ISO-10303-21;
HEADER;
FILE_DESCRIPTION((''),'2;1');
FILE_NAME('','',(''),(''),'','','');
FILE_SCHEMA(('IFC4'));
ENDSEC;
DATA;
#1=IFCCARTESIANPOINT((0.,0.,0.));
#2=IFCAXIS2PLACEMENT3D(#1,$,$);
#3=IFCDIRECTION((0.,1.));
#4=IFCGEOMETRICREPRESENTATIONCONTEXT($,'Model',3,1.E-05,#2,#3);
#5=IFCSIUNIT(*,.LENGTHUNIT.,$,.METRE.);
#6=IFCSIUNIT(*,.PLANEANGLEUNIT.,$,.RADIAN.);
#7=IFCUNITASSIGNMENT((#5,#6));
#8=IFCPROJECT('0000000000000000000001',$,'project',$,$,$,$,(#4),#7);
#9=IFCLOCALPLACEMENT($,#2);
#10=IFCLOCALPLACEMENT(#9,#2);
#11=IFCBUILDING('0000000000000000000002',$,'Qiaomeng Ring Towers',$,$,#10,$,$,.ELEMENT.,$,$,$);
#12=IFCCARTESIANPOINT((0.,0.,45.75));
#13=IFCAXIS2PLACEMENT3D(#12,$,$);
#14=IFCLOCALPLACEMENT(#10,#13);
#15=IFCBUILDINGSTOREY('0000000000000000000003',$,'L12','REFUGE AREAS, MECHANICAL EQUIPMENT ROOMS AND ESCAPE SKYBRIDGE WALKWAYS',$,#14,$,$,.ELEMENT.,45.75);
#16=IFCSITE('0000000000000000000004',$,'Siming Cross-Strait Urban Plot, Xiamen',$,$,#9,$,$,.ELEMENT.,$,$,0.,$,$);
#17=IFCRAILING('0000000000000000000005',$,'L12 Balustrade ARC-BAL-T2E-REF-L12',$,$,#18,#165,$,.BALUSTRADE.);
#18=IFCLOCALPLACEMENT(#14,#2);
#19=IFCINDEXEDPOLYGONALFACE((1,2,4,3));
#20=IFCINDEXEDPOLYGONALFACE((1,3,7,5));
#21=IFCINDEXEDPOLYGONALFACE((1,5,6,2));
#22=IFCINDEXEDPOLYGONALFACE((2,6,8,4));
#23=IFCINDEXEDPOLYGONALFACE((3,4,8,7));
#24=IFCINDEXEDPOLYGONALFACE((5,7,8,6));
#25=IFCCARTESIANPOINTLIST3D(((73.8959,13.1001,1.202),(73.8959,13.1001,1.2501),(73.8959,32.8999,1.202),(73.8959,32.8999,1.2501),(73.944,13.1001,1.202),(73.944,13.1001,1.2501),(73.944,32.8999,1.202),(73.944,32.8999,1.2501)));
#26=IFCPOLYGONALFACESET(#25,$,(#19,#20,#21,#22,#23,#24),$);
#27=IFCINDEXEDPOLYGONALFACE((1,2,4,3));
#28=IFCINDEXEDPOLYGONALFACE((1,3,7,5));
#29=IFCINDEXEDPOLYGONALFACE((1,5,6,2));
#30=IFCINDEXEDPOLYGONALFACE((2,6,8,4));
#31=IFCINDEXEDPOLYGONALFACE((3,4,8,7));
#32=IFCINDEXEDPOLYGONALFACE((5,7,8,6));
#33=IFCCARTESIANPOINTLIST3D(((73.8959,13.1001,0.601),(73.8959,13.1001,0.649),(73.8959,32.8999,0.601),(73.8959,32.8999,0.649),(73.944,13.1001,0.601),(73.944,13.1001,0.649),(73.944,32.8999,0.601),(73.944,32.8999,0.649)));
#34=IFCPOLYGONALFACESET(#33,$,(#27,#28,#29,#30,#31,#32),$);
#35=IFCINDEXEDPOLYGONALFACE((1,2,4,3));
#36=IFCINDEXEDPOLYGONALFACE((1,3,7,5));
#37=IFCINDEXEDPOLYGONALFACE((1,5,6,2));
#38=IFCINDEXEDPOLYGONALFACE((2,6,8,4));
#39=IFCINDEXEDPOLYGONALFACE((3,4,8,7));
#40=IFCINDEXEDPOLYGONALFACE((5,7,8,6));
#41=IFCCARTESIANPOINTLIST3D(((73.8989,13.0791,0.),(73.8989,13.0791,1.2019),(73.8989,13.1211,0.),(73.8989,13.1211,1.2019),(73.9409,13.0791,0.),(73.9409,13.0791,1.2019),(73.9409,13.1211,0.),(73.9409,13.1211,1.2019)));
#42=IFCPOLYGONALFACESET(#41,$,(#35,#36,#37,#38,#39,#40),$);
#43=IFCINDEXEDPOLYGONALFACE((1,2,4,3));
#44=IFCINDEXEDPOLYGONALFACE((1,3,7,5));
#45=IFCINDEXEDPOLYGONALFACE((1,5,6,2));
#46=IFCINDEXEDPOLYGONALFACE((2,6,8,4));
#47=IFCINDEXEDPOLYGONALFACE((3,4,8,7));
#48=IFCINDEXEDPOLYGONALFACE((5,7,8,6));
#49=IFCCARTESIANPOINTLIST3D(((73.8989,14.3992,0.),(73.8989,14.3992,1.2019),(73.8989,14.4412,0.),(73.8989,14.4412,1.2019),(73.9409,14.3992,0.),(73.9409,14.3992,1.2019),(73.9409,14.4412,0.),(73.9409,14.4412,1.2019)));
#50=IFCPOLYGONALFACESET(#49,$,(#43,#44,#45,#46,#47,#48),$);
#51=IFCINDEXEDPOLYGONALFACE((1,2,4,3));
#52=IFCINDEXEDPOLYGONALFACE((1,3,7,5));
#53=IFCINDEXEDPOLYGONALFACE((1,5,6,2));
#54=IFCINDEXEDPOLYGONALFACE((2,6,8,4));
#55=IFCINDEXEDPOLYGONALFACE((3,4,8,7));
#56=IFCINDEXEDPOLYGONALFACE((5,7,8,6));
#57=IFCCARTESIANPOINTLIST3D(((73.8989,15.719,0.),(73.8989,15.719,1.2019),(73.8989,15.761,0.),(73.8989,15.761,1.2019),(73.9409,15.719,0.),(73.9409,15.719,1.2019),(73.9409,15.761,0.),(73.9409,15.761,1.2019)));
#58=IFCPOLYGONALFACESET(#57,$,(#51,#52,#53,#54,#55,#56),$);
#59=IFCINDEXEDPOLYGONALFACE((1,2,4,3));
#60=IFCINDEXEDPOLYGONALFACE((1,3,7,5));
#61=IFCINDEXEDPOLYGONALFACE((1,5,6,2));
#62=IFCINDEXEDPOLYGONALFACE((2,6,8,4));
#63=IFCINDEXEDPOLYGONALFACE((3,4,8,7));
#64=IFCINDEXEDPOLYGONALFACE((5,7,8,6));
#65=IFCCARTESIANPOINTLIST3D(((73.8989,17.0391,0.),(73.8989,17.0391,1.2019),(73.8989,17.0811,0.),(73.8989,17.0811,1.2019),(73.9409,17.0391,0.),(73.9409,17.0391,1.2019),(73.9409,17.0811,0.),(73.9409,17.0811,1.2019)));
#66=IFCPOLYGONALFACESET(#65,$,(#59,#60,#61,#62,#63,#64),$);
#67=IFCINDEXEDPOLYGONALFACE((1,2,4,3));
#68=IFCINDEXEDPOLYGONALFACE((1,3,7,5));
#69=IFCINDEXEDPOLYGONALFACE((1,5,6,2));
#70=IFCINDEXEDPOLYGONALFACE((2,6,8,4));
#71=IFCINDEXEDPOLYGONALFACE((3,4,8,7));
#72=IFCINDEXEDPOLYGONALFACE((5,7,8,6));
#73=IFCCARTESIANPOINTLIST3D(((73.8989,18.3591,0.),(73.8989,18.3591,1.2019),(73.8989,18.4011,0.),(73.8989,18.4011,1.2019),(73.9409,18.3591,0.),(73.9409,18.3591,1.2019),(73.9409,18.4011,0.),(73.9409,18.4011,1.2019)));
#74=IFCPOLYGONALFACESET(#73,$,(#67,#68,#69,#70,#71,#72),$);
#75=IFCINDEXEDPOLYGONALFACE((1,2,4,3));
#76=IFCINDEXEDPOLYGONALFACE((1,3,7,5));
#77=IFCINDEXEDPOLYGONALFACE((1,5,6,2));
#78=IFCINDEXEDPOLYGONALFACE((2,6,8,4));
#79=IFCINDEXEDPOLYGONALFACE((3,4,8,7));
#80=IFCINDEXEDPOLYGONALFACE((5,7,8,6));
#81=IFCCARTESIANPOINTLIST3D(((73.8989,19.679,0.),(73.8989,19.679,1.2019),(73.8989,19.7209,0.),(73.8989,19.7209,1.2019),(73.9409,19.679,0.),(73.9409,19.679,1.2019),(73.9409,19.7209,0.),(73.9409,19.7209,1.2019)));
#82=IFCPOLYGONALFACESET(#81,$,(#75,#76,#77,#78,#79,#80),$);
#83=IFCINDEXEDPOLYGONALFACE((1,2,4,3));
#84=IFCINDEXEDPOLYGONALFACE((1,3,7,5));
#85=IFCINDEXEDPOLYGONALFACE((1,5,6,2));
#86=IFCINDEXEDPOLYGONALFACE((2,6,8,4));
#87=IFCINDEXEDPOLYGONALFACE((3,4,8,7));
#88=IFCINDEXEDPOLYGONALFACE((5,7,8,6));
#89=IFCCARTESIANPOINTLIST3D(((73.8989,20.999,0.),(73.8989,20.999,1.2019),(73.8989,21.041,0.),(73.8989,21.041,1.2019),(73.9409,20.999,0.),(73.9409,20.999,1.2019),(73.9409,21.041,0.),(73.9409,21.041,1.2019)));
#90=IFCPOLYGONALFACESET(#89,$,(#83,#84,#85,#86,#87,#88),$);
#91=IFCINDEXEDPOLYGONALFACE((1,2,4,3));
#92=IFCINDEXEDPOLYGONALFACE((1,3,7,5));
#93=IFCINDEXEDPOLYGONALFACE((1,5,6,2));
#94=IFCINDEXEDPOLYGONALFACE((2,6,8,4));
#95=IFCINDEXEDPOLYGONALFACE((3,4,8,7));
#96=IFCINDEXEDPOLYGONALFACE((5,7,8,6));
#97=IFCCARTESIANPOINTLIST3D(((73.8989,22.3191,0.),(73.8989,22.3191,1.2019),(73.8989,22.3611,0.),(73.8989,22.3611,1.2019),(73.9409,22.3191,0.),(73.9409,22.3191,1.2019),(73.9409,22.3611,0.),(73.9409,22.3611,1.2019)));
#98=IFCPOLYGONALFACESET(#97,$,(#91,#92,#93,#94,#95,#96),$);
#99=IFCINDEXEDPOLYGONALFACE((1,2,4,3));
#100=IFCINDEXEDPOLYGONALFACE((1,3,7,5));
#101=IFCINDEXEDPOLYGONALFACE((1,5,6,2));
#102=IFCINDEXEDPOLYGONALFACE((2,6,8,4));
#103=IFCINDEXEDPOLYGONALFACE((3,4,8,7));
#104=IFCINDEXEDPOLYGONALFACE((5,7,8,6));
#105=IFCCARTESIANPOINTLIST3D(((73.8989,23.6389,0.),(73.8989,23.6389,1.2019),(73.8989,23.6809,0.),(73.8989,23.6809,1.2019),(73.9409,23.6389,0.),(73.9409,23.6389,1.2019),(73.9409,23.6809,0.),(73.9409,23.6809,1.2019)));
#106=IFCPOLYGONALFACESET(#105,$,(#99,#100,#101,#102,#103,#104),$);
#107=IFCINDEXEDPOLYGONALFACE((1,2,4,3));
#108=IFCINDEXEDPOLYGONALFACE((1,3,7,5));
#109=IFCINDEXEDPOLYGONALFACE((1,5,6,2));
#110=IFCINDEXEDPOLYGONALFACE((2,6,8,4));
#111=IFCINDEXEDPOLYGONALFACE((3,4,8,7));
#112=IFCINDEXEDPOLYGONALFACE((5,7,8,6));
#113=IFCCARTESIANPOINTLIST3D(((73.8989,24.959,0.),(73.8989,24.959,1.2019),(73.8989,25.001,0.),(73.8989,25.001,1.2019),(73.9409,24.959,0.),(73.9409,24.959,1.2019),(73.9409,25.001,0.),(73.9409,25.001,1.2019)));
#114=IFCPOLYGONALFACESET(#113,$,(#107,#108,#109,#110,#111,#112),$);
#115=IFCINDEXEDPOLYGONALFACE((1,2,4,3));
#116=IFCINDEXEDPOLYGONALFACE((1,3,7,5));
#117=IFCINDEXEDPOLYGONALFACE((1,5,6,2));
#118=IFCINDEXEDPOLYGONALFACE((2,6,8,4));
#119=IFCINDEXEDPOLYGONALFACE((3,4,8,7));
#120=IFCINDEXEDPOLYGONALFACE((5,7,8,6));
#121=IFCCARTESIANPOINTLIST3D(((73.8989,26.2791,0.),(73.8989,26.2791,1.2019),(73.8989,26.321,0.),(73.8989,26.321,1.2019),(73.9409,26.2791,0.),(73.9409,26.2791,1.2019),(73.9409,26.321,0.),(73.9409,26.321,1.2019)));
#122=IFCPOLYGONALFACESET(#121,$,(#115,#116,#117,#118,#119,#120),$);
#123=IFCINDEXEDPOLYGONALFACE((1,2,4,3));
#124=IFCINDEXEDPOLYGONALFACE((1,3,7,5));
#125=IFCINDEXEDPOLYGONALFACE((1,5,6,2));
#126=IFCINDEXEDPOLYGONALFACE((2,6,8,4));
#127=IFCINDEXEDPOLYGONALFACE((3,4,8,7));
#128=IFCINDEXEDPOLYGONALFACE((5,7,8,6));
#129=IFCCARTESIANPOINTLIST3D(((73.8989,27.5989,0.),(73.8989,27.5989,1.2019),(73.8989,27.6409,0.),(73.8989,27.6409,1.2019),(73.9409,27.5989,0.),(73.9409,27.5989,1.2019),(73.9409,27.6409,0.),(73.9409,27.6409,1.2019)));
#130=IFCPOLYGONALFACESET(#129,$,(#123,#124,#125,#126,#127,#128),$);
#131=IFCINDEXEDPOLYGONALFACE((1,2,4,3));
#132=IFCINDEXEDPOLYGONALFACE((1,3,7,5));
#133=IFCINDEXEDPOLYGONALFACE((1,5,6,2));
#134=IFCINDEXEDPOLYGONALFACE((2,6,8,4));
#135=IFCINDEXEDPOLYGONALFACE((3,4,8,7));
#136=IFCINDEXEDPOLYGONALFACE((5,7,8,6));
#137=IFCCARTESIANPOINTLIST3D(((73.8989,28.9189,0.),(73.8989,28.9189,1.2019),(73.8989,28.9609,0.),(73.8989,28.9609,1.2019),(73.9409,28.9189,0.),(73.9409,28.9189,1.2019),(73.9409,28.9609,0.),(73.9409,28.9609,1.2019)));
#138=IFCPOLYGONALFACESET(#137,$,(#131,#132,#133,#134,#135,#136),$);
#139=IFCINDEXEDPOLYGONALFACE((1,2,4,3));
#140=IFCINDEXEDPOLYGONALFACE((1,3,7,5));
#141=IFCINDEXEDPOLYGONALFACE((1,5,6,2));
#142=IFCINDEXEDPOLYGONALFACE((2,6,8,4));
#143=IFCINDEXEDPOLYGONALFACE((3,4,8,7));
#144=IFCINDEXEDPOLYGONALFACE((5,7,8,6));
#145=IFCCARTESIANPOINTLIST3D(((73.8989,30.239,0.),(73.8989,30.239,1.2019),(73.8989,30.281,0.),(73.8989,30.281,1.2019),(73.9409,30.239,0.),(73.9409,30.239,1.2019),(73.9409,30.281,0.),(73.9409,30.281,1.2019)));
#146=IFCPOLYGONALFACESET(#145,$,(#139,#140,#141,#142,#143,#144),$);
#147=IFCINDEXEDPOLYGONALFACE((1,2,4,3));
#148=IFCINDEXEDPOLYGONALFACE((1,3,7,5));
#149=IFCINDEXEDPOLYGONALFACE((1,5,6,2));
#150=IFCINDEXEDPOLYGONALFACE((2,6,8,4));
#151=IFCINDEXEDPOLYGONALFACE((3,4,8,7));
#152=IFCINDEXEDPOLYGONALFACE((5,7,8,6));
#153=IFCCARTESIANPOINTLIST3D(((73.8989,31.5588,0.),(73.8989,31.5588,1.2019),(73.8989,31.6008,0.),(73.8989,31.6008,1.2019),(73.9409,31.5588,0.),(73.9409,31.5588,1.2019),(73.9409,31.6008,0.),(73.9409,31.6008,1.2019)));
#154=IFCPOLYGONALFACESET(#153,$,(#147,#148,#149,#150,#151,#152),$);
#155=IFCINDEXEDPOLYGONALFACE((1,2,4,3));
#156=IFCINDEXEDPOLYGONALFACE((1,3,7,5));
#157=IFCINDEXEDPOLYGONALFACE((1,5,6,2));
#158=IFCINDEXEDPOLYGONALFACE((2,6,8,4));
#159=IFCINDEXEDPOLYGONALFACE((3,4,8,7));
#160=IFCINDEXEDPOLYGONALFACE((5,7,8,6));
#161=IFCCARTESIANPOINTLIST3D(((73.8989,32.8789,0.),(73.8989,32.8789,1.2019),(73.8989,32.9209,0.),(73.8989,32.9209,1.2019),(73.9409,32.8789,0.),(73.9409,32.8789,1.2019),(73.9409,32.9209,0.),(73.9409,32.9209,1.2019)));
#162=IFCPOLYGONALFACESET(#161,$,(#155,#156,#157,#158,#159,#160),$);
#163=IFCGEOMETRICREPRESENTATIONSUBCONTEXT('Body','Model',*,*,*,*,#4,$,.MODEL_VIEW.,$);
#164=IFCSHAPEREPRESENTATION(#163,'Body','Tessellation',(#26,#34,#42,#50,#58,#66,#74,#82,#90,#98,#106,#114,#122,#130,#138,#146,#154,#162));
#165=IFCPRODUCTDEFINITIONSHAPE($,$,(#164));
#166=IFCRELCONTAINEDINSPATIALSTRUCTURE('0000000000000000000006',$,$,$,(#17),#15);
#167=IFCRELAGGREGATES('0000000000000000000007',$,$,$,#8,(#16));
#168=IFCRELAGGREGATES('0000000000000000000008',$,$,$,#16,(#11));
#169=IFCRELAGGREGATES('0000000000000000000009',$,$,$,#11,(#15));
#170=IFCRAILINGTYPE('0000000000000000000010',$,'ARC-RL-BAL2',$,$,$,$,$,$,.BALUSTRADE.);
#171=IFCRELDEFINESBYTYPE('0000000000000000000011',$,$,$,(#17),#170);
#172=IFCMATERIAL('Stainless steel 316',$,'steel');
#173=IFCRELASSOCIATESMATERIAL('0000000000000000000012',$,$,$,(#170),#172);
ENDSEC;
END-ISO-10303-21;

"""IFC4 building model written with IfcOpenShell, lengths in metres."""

from ifc_helpers import new_model, si_unit, direction, frame, origin, origin_2d, place, context, subcontext, project, spatial, rectangle, extrude, material, type_object, element, save


model = new_model("IFC4")

# Units and contexts
model_context = context("Model", 3, precision=1e-05, world=origin(), true_north=direction((0.0, 1.0)))
body_context = subcontext(model_context, "Body", "Model", "MODEL_VIEW")
ifc_project = project(units=[si_unit("LENGTHUNIT", "METRE"), si_unit("PLANEANGLEUNIT", "RADIAN")], contexts=[model_context])

# Site, building, storey
site_placement = place(None, origin())
site = spatial("IfcSite", under=ifc_project, at=site_placement, Name="Siming Cross-Strait Urban Plot, Xiamen", CompositionType="ELEMENT", RefElevation=0.0)
building_placement = place(site_placement, origin())
building = spatial("IfcBuilding", under=site, at=building_placement, Name="Qiaomeng Ring Towers", CompositionType="ELEMENT")
storey_placement = place(building_placement, frame((0.0, 0.0, 45.75)))
storey = spatial("IfcBuildingStorey", under=building, at=storey_placement, Name="L12", Description="REFUGE AREAS, MECHANICAL EQUIPMENT ROOMS AND ESCAPE SKYBRIDGE WALKWAYS", CompositionType="ELEMENT", Elevation=45.75)

# Railing
ifc_material_1 = material(Name="Stainless steel 316", Category="steel")
railing_type_1 = type_object("IfcRailingType", Name="ARC-RL-BAL2", PredefinedType="BALUSTRADE", material=ifc_material_1)
railing_1_placement = place(storey_placement, frame((73.9199, 13.1001, 0.0)))
element("IfcRailing", 1, at=railing_1_placement, inside=storey, type_object=railing_type_1, Name="L12 Balustrade ARC-BAL-T2E-REF-L12", PredefinedType="BALUSTRADE", context=body_context, shape_type="SweptSolid", body=[
    extrude(rectangle(XDim=0.0481, YDim=0.0481, at=origin_2d()), frame((0.0, 0.0, 1.2261), z_axis=(0.0, 1.0, 0.0), x_axis=(-1.0, 0.0, 0.0)), (0.0, 0.0, 1.0), 19.7998),
    extrude(rectangle(XDim=0.0481, YDim=0.0481, at=origin_2d()), frame((0.0, 0.0, 0.625), z_axis=(0.0, 1.0, 0.0), x_axis=(-1.0, 0.0, 0.0)), (0.0, 0.0, 1.0), 19.7998),
    extrude(rectangle(XDim=0.042, YDim=0.042, at=origin_2d()), origin(), (0.0, 0.0, 1.0), 1.2019),
    extrude(rectangle(XDim=0.042, YDim=0.042, at=origin_2d()), frame((0.0, 1.3201, 0.0)), (0.0, 0.0, 1.0), 1.2019),
    extrude(rectangle(XDim=0.042, YDim=0.042, at=origin_2d()), frame((0.0, 2.6399, 0.0)), (0.0, 0.0, 1.0), 1.2019),
    extrude(rectangle(XDim=0.042, YDim=0.042, at=origin_2d()), frame((0.0, 3.96, 0.0)), (0.0, 0.0, 1.0), 1.2019),
    extrude(rectangle(XDim=0.042, YDim=0.042, at=origin_2d()), frame((0.0, 5.28, 0.0)), (0.0, 0.0, 1.0), 1.2019),
    extrude(rectangle(XDim=0.042, YDim=0.042, at=origin_2d()), frame((0.0, 6.5999, 0.0)), (0.0, 0.0, 1.0), 1.2019),
    extrude(rectangle(XDim=0.042, YDim=0.042, at=origin_2d()), frame((0.0, 7.9199, 0.0)), (0.0, 0.0, 1.0), 1.2019),
    extrude(rectangle(XDim=0.042, YDim=0.042, at=origin_2d()), frame((0.0, 9.24, 0.0)), (0.0, 0.0, 1.0), 1.2019),
    extrude(rectangle(XDim=0.042, YDim=0.042, at=origin_2d()), frame((0.0, 10.5598, 0.0)), (0.0, 0.0, 1.0), 1.2019),
    extrude(rectangle(XDim=0.042, YDim=0.042, at=origin_2d()), frame((0.0, 11.8799, 0.0)), (0.0, 0.0, 1.0), 1.2019),
    extrude(rectangle(XDim=0.042, YDim=0.042, at=origin_2d()), frame((0.0, 13.2, 0.0)), (0.0, 0.0, 1.0), 1.2019),
    extrude(rectangle(XDim=0.042, YDim=0.042, at=origin_2d()), frame((0.0, 14.5198, 0.0)), (0.0, 0.0, 1.0), 1.2019),
    extrude(rectangle(XDim=0.042, YDim=0.042, at=origin_2d()), frame((0.0, 15.8398, 0.0)), (0.0, 0.0, 1.0), 1.2019),
    extrude(rectangle(XDim=0.042, YDim=0.042, at=origin_2d()), frame((0.0, 17.1599, 0.0)), (0.0, 0.0, 1.0), 1.2019),
    extrude(rectangle(XDim=0.042, YDim=0.042, at=origin_2d()), frame((0.0, 18.4797, 0.0)), (0.0, 0.0, 1.0), 1.2019),
    extrude(rectangle(XDim=0.042, YDim=0.042, at=origin_2d()), frame((0.0, 19.7998, 0.0)), (0.0, 0.0, 1.0), 1.2019),
])

save(model, "model.ifc")
